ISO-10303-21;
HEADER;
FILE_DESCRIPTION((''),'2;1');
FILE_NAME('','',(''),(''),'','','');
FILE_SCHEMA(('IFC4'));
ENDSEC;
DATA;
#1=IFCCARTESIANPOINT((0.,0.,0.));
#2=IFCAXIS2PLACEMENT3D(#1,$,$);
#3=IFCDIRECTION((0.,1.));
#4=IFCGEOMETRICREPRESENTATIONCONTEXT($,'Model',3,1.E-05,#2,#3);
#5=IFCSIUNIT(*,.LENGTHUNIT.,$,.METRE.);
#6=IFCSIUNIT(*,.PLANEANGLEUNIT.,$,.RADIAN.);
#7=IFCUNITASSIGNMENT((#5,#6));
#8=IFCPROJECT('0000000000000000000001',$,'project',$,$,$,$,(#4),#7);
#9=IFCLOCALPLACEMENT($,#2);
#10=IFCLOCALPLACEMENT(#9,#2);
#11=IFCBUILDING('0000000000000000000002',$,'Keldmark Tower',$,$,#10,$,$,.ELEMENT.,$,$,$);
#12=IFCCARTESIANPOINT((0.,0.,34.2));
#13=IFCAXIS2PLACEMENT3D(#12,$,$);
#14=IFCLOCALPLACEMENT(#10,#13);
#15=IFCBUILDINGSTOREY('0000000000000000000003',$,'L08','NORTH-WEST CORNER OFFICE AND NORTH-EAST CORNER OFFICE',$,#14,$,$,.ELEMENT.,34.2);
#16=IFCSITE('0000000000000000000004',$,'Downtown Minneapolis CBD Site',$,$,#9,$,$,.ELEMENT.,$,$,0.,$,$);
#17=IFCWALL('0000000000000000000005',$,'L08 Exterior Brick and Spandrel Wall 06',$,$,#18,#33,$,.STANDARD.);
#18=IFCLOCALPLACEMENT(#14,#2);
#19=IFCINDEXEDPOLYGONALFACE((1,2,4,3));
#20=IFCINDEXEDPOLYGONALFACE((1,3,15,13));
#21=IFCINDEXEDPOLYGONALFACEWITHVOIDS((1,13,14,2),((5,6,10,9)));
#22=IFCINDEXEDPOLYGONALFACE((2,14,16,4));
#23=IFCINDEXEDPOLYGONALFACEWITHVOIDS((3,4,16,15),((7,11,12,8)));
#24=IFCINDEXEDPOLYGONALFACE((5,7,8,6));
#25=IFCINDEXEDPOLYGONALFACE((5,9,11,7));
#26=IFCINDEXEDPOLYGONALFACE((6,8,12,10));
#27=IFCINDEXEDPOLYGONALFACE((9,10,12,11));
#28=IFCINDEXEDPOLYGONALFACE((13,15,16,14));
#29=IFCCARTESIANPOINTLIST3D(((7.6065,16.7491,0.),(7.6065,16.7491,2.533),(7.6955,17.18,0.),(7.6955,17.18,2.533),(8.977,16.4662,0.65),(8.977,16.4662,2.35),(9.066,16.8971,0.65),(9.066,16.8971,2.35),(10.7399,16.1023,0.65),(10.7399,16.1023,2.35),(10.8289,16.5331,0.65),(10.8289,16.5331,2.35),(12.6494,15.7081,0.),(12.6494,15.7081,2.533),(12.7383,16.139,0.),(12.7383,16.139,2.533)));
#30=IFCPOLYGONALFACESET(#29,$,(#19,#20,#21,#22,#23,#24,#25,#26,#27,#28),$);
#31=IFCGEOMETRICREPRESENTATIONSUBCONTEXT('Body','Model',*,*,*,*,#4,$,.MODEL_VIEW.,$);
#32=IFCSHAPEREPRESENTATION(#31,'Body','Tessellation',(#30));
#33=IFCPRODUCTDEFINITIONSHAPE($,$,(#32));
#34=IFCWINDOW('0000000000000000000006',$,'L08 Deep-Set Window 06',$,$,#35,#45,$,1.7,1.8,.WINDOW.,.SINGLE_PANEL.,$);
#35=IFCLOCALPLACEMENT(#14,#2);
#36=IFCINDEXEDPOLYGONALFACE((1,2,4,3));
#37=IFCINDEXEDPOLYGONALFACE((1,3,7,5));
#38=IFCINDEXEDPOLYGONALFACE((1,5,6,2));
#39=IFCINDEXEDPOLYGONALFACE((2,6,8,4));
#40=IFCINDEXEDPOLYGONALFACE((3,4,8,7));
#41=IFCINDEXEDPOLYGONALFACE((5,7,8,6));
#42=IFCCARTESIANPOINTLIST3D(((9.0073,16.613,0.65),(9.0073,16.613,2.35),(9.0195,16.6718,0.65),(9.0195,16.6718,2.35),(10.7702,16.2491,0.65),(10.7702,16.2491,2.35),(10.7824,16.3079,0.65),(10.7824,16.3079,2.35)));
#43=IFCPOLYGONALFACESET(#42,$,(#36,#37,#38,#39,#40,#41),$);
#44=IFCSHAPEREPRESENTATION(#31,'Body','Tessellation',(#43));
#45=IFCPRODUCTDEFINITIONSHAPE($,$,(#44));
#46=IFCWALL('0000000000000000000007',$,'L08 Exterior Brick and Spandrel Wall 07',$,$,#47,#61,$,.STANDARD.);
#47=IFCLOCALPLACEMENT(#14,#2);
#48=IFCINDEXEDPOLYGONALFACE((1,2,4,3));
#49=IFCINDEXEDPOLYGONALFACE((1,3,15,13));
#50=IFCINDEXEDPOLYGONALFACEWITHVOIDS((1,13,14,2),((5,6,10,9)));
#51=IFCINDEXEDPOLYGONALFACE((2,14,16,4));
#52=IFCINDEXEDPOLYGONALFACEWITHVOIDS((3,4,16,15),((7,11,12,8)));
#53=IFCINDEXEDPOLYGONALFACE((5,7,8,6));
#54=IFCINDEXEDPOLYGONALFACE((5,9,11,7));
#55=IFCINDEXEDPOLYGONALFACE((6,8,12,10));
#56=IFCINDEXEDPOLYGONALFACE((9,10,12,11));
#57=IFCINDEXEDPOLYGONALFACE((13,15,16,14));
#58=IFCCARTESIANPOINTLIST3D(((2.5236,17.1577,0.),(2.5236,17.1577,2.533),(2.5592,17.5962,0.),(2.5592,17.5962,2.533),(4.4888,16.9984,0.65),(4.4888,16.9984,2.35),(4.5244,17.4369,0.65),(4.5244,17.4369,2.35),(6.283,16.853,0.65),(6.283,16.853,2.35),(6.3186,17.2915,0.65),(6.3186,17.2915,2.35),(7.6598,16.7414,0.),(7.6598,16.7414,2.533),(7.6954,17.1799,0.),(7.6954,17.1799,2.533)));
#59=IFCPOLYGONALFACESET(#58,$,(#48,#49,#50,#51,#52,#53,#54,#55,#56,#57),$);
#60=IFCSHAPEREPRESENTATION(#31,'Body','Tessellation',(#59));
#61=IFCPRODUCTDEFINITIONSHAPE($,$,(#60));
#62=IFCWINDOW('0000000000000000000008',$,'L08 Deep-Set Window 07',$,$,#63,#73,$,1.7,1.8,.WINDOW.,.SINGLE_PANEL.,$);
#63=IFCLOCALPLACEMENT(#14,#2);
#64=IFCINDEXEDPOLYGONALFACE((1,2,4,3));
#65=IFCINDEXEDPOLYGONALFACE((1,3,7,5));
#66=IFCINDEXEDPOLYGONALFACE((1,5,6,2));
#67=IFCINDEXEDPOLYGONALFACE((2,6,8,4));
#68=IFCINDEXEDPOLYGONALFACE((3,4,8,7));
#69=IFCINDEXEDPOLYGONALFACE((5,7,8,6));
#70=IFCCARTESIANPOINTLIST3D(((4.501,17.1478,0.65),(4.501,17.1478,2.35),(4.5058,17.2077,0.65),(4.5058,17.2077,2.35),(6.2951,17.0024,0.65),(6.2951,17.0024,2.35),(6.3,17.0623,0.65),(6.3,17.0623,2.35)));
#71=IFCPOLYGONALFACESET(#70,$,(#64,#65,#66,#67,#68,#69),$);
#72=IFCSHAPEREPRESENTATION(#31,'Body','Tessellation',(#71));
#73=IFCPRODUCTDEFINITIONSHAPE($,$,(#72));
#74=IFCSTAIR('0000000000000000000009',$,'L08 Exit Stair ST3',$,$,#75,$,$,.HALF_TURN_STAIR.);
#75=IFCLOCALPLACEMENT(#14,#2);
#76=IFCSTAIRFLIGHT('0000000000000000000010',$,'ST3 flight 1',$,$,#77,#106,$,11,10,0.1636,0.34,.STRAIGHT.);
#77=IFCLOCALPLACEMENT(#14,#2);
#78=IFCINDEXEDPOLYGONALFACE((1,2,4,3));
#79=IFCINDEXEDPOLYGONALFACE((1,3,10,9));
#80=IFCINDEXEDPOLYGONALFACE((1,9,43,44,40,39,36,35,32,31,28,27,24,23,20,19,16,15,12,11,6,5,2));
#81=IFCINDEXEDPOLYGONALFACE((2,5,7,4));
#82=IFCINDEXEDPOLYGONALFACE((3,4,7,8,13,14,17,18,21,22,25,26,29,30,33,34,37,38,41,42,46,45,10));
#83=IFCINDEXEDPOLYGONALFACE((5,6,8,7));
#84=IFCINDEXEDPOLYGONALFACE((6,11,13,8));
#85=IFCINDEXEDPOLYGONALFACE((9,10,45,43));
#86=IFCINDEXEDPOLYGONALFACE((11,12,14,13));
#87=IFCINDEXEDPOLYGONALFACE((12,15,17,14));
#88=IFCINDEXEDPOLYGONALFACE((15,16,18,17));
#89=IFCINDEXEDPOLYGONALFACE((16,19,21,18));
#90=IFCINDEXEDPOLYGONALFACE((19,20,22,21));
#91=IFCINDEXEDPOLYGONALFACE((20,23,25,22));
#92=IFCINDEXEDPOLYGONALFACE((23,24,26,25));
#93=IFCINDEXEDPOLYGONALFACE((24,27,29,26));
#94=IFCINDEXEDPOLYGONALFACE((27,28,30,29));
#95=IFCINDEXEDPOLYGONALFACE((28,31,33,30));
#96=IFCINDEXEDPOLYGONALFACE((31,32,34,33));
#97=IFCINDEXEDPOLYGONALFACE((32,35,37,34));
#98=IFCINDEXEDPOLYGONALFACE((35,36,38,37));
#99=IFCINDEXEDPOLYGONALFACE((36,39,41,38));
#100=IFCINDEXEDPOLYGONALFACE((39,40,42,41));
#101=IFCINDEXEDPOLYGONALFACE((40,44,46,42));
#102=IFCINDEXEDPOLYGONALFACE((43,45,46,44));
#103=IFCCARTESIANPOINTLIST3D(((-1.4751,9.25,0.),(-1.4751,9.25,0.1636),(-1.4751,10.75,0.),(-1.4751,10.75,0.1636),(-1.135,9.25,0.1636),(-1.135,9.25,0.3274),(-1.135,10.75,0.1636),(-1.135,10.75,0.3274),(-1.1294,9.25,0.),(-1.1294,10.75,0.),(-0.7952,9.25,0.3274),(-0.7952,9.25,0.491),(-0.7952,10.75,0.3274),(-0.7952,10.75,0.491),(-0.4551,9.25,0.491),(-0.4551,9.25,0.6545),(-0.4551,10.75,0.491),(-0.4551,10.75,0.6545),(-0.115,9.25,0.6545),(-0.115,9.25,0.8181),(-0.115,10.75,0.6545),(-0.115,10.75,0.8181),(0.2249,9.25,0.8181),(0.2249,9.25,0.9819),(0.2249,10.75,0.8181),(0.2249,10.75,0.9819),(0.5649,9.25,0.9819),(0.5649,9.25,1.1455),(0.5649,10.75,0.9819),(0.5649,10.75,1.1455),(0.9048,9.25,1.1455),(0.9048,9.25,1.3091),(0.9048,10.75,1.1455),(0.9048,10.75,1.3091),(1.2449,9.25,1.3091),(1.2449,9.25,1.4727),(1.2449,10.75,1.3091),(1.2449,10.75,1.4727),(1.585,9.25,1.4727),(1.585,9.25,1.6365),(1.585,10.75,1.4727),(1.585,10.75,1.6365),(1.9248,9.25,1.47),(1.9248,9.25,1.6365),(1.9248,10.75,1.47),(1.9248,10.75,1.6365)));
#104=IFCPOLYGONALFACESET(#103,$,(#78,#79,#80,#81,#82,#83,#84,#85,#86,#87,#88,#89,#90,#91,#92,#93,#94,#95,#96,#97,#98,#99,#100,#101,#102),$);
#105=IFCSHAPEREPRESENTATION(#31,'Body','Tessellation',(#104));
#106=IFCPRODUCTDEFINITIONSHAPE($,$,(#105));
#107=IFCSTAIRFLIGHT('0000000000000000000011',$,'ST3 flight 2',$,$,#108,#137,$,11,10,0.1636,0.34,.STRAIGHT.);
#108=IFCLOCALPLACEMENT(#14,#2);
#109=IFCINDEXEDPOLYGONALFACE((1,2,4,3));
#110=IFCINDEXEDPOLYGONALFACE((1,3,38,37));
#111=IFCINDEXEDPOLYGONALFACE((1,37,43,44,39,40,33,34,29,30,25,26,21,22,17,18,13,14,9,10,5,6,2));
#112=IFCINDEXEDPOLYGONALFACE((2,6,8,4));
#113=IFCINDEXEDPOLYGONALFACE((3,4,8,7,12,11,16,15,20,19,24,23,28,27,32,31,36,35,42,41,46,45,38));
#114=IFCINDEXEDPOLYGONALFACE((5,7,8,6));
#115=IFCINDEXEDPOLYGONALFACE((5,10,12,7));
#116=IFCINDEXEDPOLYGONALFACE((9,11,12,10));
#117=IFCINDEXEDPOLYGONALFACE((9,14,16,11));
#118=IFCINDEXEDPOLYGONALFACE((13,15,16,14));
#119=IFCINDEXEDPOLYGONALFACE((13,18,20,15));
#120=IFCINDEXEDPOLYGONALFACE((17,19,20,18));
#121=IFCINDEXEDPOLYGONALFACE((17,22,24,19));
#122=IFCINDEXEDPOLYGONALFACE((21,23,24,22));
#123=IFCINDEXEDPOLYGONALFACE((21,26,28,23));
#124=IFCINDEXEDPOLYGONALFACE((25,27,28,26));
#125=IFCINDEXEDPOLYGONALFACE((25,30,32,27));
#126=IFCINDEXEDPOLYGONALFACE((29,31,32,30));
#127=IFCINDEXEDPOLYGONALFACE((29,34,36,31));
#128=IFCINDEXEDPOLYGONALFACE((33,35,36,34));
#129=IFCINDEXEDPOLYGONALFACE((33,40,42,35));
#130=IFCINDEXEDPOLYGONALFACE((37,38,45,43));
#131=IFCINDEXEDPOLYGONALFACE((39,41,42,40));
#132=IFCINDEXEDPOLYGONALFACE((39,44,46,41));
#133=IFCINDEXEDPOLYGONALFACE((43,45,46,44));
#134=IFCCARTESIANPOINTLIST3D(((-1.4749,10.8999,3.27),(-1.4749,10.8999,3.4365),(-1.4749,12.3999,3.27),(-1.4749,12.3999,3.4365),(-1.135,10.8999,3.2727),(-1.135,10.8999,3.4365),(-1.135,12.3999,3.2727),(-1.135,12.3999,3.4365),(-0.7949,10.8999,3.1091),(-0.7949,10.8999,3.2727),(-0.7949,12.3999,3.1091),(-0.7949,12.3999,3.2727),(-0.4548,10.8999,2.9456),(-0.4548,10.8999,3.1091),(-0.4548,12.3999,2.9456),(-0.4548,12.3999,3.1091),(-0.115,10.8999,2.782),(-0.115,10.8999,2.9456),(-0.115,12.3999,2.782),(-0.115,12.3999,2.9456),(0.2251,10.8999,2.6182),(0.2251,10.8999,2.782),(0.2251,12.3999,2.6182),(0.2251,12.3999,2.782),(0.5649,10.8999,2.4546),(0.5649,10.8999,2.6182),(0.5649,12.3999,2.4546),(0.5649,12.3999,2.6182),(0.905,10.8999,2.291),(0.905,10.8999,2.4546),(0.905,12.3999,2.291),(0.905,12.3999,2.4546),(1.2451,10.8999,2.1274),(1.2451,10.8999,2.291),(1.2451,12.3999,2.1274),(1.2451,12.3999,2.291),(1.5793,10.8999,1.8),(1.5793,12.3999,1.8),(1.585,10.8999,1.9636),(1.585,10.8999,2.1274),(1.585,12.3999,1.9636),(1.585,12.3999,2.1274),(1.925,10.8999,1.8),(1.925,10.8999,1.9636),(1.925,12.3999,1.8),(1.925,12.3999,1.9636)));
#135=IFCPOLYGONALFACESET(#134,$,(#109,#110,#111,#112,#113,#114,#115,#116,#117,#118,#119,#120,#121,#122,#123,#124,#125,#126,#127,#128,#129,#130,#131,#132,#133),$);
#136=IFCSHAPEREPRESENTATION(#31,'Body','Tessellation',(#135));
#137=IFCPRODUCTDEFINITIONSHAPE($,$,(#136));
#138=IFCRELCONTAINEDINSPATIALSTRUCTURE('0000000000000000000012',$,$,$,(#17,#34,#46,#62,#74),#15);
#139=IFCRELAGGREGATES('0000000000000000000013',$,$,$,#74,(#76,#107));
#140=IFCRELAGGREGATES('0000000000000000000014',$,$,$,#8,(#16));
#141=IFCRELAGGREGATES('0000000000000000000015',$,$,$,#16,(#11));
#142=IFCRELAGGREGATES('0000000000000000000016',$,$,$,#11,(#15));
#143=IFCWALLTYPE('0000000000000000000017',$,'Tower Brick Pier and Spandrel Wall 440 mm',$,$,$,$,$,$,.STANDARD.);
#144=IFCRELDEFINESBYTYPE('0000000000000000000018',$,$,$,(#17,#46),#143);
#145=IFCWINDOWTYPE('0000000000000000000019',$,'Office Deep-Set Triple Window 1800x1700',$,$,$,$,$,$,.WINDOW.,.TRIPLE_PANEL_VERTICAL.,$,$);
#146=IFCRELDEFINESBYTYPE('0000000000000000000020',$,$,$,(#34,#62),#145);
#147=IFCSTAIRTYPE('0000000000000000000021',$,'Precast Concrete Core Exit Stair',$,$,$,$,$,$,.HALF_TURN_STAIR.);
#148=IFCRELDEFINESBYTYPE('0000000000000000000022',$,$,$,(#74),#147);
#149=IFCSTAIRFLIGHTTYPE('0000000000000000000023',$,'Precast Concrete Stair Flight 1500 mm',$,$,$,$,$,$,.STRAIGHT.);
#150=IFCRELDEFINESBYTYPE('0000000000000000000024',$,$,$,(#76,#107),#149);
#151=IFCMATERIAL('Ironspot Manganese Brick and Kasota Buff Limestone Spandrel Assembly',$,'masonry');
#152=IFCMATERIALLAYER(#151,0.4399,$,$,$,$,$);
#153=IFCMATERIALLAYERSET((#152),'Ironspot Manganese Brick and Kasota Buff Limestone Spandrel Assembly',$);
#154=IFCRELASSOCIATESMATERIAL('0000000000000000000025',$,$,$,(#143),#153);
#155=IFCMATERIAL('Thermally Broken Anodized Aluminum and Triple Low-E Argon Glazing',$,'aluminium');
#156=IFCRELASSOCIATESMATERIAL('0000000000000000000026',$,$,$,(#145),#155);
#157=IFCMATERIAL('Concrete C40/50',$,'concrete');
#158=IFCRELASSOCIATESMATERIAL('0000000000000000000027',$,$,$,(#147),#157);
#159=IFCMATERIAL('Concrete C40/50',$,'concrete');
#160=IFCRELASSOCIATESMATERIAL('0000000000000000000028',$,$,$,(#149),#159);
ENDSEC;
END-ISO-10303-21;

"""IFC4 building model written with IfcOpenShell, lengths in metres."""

from ifc_helpers import new_model, si_unit, direction, frame, frame_2d, origin, place, context, subcontext, project, spatial, polyline, rectangle, outline, extrude, material, layer, layer_set, type_object, element, fill, aggregate, save


model = new_model("IFC4")

# Units and contexts
model_context = context("Model", 3, precision=1e-05, world=origin(), true_north=direction((0.0, 1.0)))
body_context = subcontext(model_context, "Body", "Model", "MODEL_VIEW")
ifc_project = project(units=[si_unit("LENGTHUNIT", "METRE"), si_unit("PLANEANGLEUNIT", "RADIAN")], contexts=[model_context])

# Site, building, storey
site_placement = place(None, origin())
site = spatial("IfcSite", under=ifc_project, at=site_placement, Name="Downtown Minneapolis CBD Site", CompositionType="ELEMENT", RefElevation=0.0)
building_placement = place(site_placement, origin())
building = spatial("IfcBuilding", under=site, at=building_placement, Name="Keldmark Tower", CompositionType="ELEMENT")
storey_placement = place(building_placement, frame((0.0, 0.0, 34.2)))
storey = spatial("IfcBuildingStorey", under=building, at=storey_placement, Name="L08", Description="NORTH-WEST CORNER OFFICE AND NORTH-EAST CORNER OFFICE", CompositionType="ELEMENT", Elevation=34.2)

# Walls, openings, windows
ifc_material_1 = material(Name="Ironspot Manganese Brick and Kasota Buff Limestone Spandrel Assembly", Category="masonry")
ifc_layer_1 = layer(ifc_material_1, 0.4399)
ifc_layer_set_1 = layer_set([ifc_layer_1], Name="Ironspot Manganese Brick and Kasota Buff Limestone Spandrel Assembly")
wall_type_1 = type_object("IfcWallType", Name="Tower Brick Pier and Spandrel Wall 440 mm", PredefinedType="STANDARD", material=ifc_layer_set_1)
wall_1_placement = place(storey_placement, frame((7.6509, 16.9646, 0.0), z_axis=(0.0, 0.0, 1.0), x_axis=(0.979349, -0.202176, 0.0)))
wall_1 = element("IfcWall", 1, at=wall_1_placement, inside=storey, type_object=wall_type_1, Name="L08 Exterior Brick and Spandrel Wall 06", PredefinedType="STANDARD", context=body_context, shape_type="SweptSolid", body=[
    extrude(rectangle(XDim=5.1492, YDim=0.4399, at=frame_2d((2.5747, 0.0))), origin(), (0.0, 0.0, 1.0), 2.533),
])
opening_1_placement = place(wall_1_placement, frame((1.3997, 0.0, 0.6499)))
opening_1 = element("IfcOpeningElement", 2, at=opening_1_placement, cuts=wall_1, PredefinedType="OPENING", context=body_context, shape_type="SweptSolid", body=[
    extrude(rectangle(XDim=1.8, YDim=1.7, at=frame_2d((0.8999, 0.8501))), frame((0.0, 0.23, 0.0), z_axis=(0.0, -1.0, 0.0), x_axis=(1.0, 0.0, 0.0)), (0.0, 0.0, 1.0), 0.46),
])
ifc_material_2 = material(Name="Thermally Broken Anodized Aluminum and Triple Low-E Argon Glazing", Category="aluminium")
window_type = type_object("IfcWindowType", Name="Office Deep-Set Triple Window 1800x1700", PartitioningType="TRIPLE_PANEL_VERTICAL", PredefinedType="WINDOW", material=ifc_material_2)
window_1_placement = place(opening_1_placement, origin())
window_1 = element("IfcWindow", 3, at=window_1_placement, inside=storey, type_object=window_type, Name="L08 Deep-Set Window 06", OverallHeight=1.7, OverallWidth=1.8, PartitioningType="SINGLE_PANEL", PredefinedType="WINDOW", context=body_context, shape_type="SweptSolid", body=[
    extrude(rectangle(XDim=1.8, YDim=1.7, at=frame_2d((0.8999, 0.8501))), frame((0.0, -0.01, 0.0), z_axis=(0.0, -1.0, 0.0), x_axis=(1.0, 0.0, 0.0)), (0.0, 0.0, 1.0), 0.0601),
])
fill(opening_1, window_1)
wall_2_placement = place(storey_placement, frame((2.5413, 17.377, 0.0), z_axis=(0.0, 0.0, 1.0), x_axis=(0.996732, -0.080779, 0.0)))
wall_2 = element("IfcWall", 4, at=wall_2_placement, inside=storey, type_object=wall_type_1, Name="L08 Exterior Brick and Spandrel Wall 07", PredefinedType="STANDARD", context=body_context, shape_type="SweptSolid", body=[
    extrude(rectangle(XDim=5.1531, YDim=0.4399, at=frame_2d((2.5767, 0.0))), origin(), (0.0, 0.0, 1.0), 2.533),
])
opening_2_placement = place(wall_2_placement, frame((1.9719, 0.0, 0.6499)))
opening_2 = element("IfcOpeningElement", 5, at=opening_2_placement, cuts=wall_2, PredefinedType="OPENING", context=body_context, shape_type="SweptSolid", body=[
    extrude(rectangle(XDim=1.8, YDim=1.7, at=frame_2d((0.8999, 0.8501))), frame((0.0, 0.23, 0.0), z_axis=(0.0, -1.0, 0.0), x_axis=(1.0, 0.0, 0.0)), (0.0, 0.0, 1.0), 0.46),
])
window_2_placement = place(opening_2_placement, origin())
window_2 = element("IfcWindow", 6, at=window_2_placement, inside=storey, type_object=window_type, Name="L08 Deep-Set Window 07", OverallHeight=1.7, OverallWidth=1.8, PartitioningType="SINGLE_PANEL", PredefinedType="WINDOW", context=body_context, shape_type="SweptSolid", body=[
    extrude(rectangle(XDim=1.8, YDim=1.7, at=frame_2d((0.8999, 0.8501))), frame((0.0, -0.01, 0.0), z_axis=(0.0, -1.0, 0.0), x_axis=(1.0, 0.0, 0.0)), (0.0, 0.0, 1.0), 0.0601),
])
fill(opening_2, window_2)

# Stair, stair flights
ifc_material_3 = material(Name="Concrete C40/50", Category="concrete")
stair_type = type_object("IfcStairType", Name="Precast Concrete Core Exit Stair", PredefinedType="HALF_TURN_STAIR", material=ifc_material_3)
stair_placement = place(storey_placement, origin())
stair = element("IfcStair", 7, at=stair_placement, inside=storey, type_object=stair_type, Name="L08 Exit Stair ST3", PredefinedType="HALF_TURN_STAIR")
ifc_material_4 = material(Name="Concrete C40/50", Category="concrete")
stair_flight_type = type_object("IfcStairFlightType", Name="Precast Concrete Stair Flight 1500 mm", PredefinedType="STRAIGHT", material=ifc_material_4)
stair_flight_1_placement = place(storey_placement, frame((-1.4751, 10.0, 0.0), z_axis=(0.0, 0.0, 1.0), x_axis=(1.0, 0.0, 0.0)))
stair_flight_1 = element("IfcStairFlight", 8, at=stair_flight_1_placement, type_object=stair_flight_type, Name="ST3 flight 1", NumberOfRisers=11, NumberOfTreads=10, PredefinedType="STRAIGHT", RiserHeight=0.1636, TreadLength=0.34, context=body_context, shape_type="SweptSolid", body=[
    extrude(outline(polyline([(0.0, 0.0), (0.0, 0.1636), (0.3401, 0.1636), (0.3401, 0.3274), (0.6799, 0.3274), (0.6799, 0.491), (1.02, 0.491), (1.02, 0.6545), (1.3601, 0.6545), (1.3601, 0.8181), (1.7, 0.8181), (1.7, 0.9819), (2.04, 0.9819), (2.04, 1.1455), (2.3799, 1.1455), (2.3799, 1.3091), (2.72, 1.3091), (2.72, 1.4727), (3.0601, 1.4727), (3.0601, 1.6365), (3.3999, 1.6365), (3.3999, 1.8), (3.3999, 1.47), (0.3457, 0.0), (0.0, 0.0)])), frame((0.0, 0.75, 0.0), z_axis=(0.0, -1.0, 0.0), x_axis=(1.0, 0.0, 0.0)), (0.0, 0.0, 1.0), 1.5),
])
stair_flight_2_placement = place(storey_placement, frame((1.925, 11.6499, 1.8), z_axis=(0.0, 0.0, 1.0), x_axis=(-1.0, 0.0, 0.0)))
stair_flight_2 = element("IfcStairFlight", 9, at=stair_flight_2_placement, type_object=stair_flight_type, Name="ST3 flight 2", NumberOfRisers=11, NumberOfTreads=10, PredefinedType="STRAIGHT", RiserHeight=0.1636, TreadLength=0.34, context=body_context, shape_type="SweptSolid", body=[
    extrude(outline(polyline([(0.0, 0.0), (0.0, 0.1636), (0.3401, 0.1636), (0.3401, 0.3274), (0.6799, 0.3274), (0.6799, 0.491), (1.02, 0.491), (1.02, 0.6545), (1.3601, 0.6545), (1.3601, 0.8181), (1.7, 0.8181), (1.7, 0.9819), (2.04, 0.9819), (2.04, 1.1455), (2.3799, 1.1455), (2.3799, 1.3091), (2.72, 1.3091), (2.72, 1.4727), (3.0601, 1.4727), (3.0601, 1.6365), (3.3999, 1.6365), (3.3999, 1.8), (3.3999, 1.47), (0.3457, 0.0), (0.0, 0.0)])), frame((0.0, 0.75, 0.0), z_axis=(0.0, -1.0, 0.0), x_axis=(1.0, 0.0, 0.0)), (0.0, 0.0, 1.0), 1.5),
])
aggregate(stair, [stair_flight_1, stair_flight_2])

save(model, "model.ifc")
